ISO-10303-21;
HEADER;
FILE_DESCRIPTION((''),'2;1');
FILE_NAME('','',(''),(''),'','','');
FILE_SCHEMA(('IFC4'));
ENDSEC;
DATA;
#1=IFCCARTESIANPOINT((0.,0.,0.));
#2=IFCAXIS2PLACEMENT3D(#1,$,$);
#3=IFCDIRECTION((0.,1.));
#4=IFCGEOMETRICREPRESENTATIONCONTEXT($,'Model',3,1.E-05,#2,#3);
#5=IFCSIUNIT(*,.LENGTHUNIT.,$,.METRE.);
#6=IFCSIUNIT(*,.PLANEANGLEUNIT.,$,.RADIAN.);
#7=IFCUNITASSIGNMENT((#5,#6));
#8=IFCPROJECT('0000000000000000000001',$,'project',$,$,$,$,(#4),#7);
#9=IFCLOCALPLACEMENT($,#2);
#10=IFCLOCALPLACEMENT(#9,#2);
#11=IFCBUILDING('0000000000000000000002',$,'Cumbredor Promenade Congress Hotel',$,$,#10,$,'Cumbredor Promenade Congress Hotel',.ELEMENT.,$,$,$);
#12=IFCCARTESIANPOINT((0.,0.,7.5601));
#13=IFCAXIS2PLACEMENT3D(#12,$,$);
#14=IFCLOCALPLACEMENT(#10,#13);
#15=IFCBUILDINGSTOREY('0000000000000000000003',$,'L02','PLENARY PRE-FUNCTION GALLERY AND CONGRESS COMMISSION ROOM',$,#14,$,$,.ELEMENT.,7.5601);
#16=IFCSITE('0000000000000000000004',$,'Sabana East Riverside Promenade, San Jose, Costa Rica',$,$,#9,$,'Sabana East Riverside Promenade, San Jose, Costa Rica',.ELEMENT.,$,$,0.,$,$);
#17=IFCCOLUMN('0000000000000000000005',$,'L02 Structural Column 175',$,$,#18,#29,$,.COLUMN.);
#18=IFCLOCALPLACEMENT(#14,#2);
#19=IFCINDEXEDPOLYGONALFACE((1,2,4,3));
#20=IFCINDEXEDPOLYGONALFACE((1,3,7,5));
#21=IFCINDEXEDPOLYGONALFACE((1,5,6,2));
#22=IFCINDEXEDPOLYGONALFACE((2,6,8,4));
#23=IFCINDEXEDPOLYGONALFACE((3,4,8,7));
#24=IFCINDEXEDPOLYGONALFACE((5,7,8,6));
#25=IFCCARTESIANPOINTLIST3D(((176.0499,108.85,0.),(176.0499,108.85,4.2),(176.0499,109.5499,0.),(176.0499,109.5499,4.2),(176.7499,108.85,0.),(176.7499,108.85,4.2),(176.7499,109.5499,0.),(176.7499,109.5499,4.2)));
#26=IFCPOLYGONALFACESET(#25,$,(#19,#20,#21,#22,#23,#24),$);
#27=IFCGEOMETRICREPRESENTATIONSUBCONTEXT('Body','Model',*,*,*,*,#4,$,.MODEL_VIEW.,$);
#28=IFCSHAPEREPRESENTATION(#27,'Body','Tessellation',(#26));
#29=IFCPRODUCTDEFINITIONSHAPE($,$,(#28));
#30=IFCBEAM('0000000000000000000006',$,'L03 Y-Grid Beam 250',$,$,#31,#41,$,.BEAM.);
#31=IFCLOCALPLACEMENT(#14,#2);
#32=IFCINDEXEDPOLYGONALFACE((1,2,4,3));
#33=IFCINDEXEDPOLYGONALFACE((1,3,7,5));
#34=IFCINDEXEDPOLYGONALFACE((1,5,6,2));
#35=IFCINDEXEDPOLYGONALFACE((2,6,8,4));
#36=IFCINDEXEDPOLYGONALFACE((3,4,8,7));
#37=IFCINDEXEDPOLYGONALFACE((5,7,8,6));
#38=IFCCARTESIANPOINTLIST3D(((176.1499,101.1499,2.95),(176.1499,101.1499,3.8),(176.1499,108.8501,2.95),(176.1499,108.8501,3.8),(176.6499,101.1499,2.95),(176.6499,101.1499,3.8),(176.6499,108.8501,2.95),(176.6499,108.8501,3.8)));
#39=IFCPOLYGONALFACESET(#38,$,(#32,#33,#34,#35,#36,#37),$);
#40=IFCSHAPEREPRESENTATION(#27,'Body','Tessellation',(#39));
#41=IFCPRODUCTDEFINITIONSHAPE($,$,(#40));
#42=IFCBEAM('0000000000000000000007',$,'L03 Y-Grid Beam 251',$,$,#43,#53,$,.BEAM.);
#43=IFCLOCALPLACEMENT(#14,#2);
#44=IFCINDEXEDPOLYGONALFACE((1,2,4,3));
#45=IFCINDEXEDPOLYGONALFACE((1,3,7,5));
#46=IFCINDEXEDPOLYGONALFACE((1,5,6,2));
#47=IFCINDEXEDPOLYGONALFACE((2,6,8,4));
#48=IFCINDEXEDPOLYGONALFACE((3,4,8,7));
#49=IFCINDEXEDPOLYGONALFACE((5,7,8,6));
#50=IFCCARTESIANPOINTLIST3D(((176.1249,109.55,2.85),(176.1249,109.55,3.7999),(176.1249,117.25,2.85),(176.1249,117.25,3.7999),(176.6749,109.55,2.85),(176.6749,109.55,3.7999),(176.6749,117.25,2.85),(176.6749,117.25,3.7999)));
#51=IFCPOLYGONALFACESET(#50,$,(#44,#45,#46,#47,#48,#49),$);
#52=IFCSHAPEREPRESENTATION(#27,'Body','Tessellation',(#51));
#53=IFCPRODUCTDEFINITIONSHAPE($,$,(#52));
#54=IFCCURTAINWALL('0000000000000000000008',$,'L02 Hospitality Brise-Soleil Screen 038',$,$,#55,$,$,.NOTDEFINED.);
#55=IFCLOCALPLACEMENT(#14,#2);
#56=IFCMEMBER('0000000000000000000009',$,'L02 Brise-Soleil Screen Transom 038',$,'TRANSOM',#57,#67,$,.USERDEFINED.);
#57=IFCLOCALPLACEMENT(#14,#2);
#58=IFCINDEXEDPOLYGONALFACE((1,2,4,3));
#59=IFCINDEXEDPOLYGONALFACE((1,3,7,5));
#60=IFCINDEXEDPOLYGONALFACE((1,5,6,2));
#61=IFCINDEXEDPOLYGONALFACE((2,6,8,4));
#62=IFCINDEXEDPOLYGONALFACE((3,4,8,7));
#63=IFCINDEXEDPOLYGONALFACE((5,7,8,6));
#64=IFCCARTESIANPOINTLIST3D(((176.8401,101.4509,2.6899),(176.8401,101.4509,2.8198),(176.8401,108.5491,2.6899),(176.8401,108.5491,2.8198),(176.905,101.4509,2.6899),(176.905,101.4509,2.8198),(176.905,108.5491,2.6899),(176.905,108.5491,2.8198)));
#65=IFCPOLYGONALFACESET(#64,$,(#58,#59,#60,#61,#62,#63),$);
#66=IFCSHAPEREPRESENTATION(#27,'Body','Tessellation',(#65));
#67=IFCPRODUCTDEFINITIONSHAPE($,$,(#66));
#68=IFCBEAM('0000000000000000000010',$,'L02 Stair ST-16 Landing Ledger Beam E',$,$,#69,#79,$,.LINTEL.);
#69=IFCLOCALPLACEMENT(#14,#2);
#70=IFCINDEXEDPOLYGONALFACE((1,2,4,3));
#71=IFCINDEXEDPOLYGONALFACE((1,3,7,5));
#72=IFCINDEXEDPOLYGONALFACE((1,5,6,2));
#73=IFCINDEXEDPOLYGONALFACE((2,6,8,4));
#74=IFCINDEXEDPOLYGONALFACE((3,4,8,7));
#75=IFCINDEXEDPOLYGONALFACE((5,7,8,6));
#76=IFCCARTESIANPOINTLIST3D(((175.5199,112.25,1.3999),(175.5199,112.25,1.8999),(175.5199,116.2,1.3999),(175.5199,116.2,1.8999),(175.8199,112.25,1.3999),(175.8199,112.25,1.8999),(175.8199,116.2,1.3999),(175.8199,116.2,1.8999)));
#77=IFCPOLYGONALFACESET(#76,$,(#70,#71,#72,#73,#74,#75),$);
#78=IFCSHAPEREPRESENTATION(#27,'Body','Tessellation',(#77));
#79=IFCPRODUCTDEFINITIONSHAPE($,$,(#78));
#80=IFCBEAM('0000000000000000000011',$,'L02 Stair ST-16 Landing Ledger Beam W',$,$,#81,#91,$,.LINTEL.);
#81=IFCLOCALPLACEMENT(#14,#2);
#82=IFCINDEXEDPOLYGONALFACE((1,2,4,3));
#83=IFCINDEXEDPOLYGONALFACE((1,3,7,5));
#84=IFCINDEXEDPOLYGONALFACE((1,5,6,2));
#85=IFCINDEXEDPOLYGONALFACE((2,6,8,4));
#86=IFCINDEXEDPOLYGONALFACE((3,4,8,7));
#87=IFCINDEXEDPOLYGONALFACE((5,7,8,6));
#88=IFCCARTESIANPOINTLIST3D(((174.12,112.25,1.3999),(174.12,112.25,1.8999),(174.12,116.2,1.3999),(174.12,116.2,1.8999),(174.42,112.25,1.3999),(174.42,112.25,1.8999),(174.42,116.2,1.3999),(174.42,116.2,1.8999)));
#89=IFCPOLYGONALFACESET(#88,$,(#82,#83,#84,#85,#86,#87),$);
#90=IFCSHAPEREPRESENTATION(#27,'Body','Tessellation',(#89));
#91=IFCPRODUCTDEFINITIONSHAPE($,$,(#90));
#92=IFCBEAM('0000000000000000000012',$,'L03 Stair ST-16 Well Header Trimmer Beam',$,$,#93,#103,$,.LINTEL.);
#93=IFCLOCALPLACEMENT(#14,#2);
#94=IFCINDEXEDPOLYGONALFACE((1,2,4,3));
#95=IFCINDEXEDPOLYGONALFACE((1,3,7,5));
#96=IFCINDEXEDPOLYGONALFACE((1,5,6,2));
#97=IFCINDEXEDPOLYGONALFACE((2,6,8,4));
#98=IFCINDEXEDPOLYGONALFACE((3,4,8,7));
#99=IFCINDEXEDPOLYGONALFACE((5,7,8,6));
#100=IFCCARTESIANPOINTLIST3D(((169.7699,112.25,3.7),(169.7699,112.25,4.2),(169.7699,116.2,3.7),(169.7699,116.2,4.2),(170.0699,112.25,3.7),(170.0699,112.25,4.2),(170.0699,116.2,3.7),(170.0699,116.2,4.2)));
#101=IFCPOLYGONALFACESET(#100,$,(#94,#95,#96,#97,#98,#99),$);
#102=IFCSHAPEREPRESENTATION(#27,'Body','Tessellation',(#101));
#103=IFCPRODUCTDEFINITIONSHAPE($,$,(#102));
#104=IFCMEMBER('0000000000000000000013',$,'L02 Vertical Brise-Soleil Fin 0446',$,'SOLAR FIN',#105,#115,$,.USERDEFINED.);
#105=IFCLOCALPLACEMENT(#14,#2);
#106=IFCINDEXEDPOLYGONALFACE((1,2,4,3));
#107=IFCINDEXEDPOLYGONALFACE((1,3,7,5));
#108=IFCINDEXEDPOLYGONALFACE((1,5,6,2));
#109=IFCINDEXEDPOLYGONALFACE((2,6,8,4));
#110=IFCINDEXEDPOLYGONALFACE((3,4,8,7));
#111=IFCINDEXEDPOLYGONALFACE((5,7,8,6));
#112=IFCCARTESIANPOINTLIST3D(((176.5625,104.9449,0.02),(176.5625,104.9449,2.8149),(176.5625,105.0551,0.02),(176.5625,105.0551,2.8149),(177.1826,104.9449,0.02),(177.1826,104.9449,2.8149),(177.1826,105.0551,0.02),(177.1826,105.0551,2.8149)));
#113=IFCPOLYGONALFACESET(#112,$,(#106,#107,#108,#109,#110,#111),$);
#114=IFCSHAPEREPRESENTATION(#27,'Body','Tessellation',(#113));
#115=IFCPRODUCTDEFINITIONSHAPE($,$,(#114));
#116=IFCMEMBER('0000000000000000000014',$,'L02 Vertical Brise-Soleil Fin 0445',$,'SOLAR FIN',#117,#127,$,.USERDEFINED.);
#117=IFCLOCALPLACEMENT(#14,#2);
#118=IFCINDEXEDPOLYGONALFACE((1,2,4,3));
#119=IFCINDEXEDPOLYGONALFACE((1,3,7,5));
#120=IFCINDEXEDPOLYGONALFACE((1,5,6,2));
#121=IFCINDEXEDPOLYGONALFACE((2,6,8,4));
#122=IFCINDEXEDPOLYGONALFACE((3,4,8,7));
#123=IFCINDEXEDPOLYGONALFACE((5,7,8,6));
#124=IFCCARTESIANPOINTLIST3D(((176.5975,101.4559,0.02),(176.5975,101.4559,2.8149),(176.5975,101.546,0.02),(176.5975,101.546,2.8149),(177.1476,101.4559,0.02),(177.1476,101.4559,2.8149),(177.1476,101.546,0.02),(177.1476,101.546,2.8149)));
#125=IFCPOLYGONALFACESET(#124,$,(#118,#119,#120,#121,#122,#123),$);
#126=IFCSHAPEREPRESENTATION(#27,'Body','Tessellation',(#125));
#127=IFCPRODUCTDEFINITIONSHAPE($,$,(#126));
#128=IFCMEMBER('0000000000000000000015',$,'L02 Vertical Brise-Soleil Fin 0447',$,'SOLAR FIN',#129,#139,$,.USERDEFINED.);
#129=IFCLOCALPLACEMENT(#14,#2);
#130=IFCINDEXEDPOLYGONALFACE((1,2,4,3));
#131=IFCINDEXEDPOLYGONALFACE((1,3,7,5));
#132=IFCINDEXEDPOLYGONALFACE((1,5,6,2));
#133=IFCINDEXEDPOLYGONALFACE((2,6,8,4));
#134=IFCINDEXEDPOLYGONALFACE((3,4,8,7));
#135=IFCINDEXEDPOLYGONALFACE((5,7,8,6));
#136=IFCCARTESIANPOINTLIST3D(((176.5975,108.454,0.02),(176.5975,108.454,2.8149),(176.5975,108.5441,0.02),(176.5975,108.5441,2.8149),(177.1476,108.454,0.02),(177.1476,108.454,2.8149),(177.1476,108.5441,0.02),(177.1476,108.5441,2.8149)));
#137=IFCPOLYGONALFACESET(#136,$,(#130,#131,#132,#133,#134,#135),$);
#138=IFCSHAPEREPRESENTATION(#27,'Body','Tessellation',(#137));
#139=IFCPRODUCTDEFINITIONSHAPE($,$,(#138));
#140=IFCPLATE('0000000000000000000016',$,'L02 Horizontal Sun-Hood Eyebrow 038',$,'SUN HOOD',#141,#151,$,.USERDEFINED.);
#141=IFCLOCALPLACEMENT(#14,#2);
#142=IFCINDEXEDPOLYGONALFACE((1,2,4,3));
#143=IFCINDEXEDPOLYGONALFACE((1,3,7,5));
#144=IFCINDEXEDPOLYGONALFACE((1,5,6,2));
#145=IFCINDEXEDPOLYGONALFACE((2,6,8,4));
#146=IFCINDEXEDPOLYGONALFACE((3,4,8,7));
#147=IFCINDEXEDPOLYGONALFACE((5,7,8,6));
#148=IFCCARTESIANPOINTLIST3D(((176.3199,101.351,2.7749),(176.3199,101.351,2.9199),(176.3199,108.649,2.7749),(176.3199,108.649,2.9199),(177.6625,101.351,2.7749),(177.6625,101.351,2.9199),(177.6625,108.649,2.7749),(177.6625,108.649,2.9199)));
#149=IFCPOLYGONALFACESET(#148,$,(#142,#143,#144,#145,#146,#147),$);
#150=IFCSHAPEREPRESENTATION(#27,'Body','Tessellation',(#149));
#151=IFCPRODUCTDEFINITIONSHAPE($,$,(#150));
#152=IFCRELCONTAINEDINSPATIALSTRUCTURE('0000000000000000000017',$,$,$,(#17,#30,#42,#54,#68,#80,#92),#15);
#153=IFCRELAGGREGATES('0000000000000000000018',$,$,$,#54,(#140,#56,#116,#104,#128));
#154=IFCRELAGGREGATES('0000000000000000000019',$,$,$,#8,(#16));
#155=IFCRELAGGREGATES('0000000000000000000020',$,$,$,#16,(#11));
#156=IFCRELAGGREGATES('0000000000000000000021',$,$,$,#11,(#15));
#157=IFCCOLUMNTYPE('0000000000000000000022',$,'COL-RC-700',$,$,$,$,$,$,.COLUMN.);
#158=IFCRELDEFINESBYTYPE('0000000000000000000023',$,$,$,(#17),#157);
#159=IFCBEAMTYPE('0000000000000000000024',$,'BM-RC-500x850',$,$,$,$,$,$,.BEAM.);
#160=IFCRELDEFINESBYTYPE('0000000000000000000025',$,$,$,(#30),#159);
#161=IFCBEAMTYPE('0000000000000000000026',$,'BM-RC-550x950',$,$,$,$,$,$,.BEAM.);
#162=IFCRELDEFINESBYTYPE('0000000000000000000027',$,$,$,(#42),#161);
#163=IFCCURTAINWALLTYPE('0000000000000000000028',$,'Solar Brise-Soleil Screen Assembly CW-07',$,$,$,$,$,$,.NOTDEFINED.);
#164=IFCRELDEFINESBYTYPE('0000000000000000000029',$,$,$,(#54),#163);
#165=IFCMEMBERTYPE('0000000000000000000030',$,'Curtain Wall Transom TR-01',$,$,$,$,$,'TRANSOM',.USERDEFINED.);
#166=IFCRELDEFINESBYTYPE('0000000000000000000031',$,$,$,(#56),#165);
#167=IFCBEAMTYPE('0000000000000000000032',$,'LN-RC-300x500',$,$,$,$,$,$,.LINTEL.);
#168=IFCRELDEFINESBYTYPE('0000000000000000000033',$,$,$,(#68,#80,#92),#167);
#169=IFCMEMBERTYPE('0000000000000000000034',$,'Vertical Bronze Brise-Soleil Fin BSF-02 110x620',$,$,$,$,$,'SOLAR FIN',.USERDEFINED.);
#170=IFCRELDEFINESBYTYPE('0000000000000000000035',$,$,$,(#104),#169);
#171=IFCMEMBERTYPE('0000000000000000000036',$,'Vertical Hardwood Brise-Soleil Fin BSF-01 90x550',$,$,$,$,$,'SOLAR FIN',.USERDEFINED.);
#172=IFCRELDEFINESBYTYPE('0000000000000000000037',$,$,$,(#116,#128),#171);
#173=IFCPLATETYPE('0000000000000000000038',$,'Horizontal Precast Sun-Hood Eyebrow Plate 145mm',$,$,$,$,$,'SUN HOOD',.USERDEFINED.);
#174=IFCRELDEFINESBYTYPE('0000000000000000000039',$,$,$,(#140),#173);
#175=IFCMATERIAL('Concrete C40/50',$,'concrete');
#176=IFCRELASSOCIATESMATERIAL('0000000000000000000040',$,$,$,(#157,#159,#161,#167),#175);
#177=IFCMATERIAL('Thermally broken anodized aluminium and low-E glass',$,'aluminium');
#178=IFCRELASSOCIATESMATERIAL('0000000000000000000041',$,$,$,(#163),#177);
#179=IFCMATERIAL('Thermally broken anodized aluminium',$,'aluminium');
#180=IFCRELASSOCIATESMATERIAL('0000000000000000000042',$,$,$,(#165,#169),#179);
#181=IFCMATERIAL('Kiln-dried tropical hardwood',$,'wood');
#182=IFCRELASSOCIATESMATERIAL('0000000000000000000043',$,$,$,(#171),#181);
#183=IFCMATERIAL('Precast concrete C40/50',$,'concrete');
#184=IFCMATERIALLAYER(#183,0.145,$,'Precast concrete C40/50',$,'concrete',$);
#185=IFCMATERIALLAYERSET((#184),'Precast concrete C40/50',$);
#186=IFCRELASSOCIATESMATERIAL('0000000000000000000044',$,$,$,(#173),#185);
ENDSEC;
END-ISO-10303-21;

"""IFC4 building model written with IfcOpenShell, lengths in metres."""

from ifc_helpers import new_model, si_unit, direction, frame, origin, origin_2d, place, context, subcontext, project, spatial, rectangle, extrude, material, layer, layer_set, material_profile, profile_set, type_object, element, aggregate, save


model = new_model("IFC4")

# Units and contexts
model_context = context("Model", 3, precision=1e-05, world=origin(), true_north=direction((0.0, 1.0)))
body_context = subcontext(model_context, "Body", "Model", "MODEL_VIEW")
ifc_project = project(units=[si_unit("LENGTHUNIT", "METRE"), si_unit("PLANEANGLEUNIT", "RADIAN")], contexts=[model_context])

# Site, building, storey
site_placement = place(None, origin())
site = spatial("IfcSite", under=ifc_project, at=site_placement, Name="Sabana East Riverside Promenade, San Jose, Costa Rica", LongName="Sabana East Riverside Promenade, San Jose, Costa Rica", CompositionType="ELEMENT", RefElevation=0.0)
building_placement = place(site_placement, origin())
building = spatial("IfcBuilding", under=site, at=building_placement, Name="Cumbredor Promenade Congress Hotel", LongName="Cumbredor Promenade Congress Hotel", CompositionType="ELEMENT")
storey_placement = place(building_placement, frame((0.0, 0.0, 7.5601)))
storey = spatial("IfcBuildingStorey", under=building, at=storey_placement, Name="L02", Description="PLENARY PRE-FUNCTION GALLERY AND CONGRESS COMMISSION ROOM", CompositionType="ELEMENT", Elevation=7.5601)

# Column
ifc_material_1 = material(Name="Concrete C40/50", Category="concrete")
ifc_material_profile_1 = material_profile(ifc_material_1, rectangle(XDim=0.7, YDim=0.7, at=origin_2d()), Name="RC 700x700")
ifc_profile_set_1 = profile_set([ifc_material_profile_1], Name="Concrete C40/50")
column_type = type_object("IfcColumnType", Name="COL-RC-700", PredefinedType="COLUMN", material=ifc_profile_set_1)
column_placement = place(storey_placement, frame((176.3999, 109.2, 0.0), z_axis=(0.0, 0.0, 1.0), x_axis=(1.0, 0.0, 0.0)))
element("IfcColumn", 1, at=column_placement, inside=storey, type_object=column_type, Name="L02 Structural Column 175", PredefinedType="COLUMN", context=body_context, shape_type="SweptSolid", body=[
    extrude(rectangle(XDim=0.7, YDim=0.7, at=origin_2d()), origin(), (0.0, 0.0, 1.0), 4.2),
])

# Beams
ifc_material_profile_2 = material_profile(ifc_material_1, rectangle(XDim=0.5, YDim=0.8501, at=origin_2d()), Name="RC BEAM 500x850")
ifc_profile_set_2 = profile_set([ifc_material_profile_2], Name="Concrete C40/50")
beam_type_1 = type_object("IfcBeamType", Name="BM-RC-500x850", PredefinedType="BEAM", material=ifc_profile_set_2)
beam_1_placement = place(storey_placement, frame((176.3999, 101.1499, 3.375), z_axis=(0.0, 1.0, 0.0), x_axis=(-1.0, 0.0, 0.0)))
element("IfcBeam", 2, at=beam_1_placement, inside=storey, type_object=beam_type_1, Name="L03 Y-Grid Beam 250", PredefinedType="BEAM", context=body_context, shape_type="SweptSolid", body=[
    extrude(rectangle(XDim=0.5, YDim=0.8501, at=origin_2d()), origin(), (0.0, 0.0, 1.0), 7.7002),
])
ifc_material_profile_3 = material_profile(ifc_material_1, rectangle(XDim=0.55, YDim=0.95, at=origin_2d()), Name="RC BEAM 550x950")
ifc_profile_set_3 = profile_set([ifc_material_profile_3], Name="Concrete C40/50")
beam_type_2 = type_object("IfcBeamType", Name="BM-RC-550x950", PredefinedType="BEAM", material=ifc_profile_set_3)
beam_2_placement = place(storey_placement, frame((176.3999, 109.55, 3.325), z_axis=(0.0, 1.0, 0.0), x_axis=(-1.0, 0.0, 0.0)))
element("IfcBeam", 3, at=beam_2_placement, inside=storey, type_object=beam_type_2, Name="L03 Y-Grid Beam 251", PredefinedType="BEAM", context=body_context, shape_type="SweptSolid", body=[
    extrude(rectangle(XDim=0.55, YDim=0.95, at=origin_2d()), origin(), (0.0, 0.0, 1.0), 7.7),
])

# Curtain wall, member
ifc_material_2 = material(Name="Thermally broken anodized aluminium and low-E glass", Category="aluminium")
curtain_wall_type = type_object("IfcCurtainWallType", Name="Solar Brise-Soleil Screen Assembly CW-07", PredefinedType="NOTDEFINED", material=ifc_material_2)
curtain_wall_placement = place(storey_placement, origin())
curtain_wall = element("IfcCurtainWall", 4, at=curtain_wall_placement, inside=storey, type_object=curtain_wall_type, Name="L02 Hospitality Brise-Soleil Screen 038", PredefinedType="NOTDEFINED")
ifc_material_3 = material(Name="Thermally broken anodized aluminium", Category="aluminium")
ifc_material_profile_4 = material_profile(ifc_material_3, rectangle(XDim=0.0649, YDim=0.1299, at=origin_2d()), Name="ALU TRANSOM 65x130")
ifc_profile_set_4 = profile_set([ifc_material_profile_4], Name="Thermally broken anodized aluminium")
member_type_1 = type_object("IfcMemberType", Name="Curtain Wall Transom TR-01", ElementType="TRANSOM", PredefinedType="USERDEFINED", material=ifc_profile_set_4)
member_1_placement = place(storey_placement, frame((176.8726, 101.4509, 2.7549), z_axis=(0.0, 1.0, 0.0), x_axis=(-1.0, 0.0, 0.0)))
member_1 = element("IfcMember", 5, at=member_1_placement, type_object=member_type_1, Name="L02 Brise-Soleil Screen Transom 038", ObjectType="TRANSOM", PredefinedType="USERDEFINED", context=body_context, shape_type="SweptSolid", body=[
    extrude(rectangle(XDim=0.0649, YDim=0.1299, at=origin_2d()), origin(), (0.0, 0.0, 1.0), 7.0981),
])

# Beams
ifc_material_profile_5 = material_profile(ifc_material_1, rectangle(XDim=0.3, YDim=0.5, at=origin_2d()), Name="RC LINTEL 300x500")
ifc_profile_set_5 = profile_set([ifc_material_profile_5], Name="Concrete C40/50")
beam_type_3 = type_object("IfcBeamType", Name="LN-RC-300x500", PredefinedType="LINTEL", material=ifc_profile_set_5)
for number, where, z_axis, x_axis, name in (
    (6, (175.6699, 112.25, 1.6499), (0.0, 1.0, 0.0), (-1.0, 0.0, 0.0), "L02 Stair ST-16 Landing Ledger Beam E"),
    (7, (174.27, 112.25, 1.6499), (0.0, 1.0, 0.0), (-1.0, 0.0, 0.0), "L02 Stair ST-16 Landing Ledger Beam W"),
    (8, (169.9199, 112.25, 3.95), (0.0, 1.0, 0.0), (-1.0, 0.0, 0.0), "L03 Stair ST-16 Well Header Trimmer Beam"),
):
    element("IfcBeam", number, at=place(storey_placement, frame(where, z_axis=z_axis, x_axis=x_axis)), inside=storey, type_object=beam_type_3, Name=name, PredefinedType="LINTEL", context=body_context, shape_type="SweptSolid", body=[
        extrude(rectangle(XDim=0.3, YDim=0.5, at=origin_2d()), origin(), (0.0, 0.0, 1.0), 3.95),
    ])

# Members
ifc_material_profile_6 = material_profile(ifc_material_3, rectangle(XDim=0.1101, YDim=0.6201, at=origin_2d()), Name="ARCH FIN 110x620")
ifc_profile_set_6 = profile_set([ifc_material_profile_6], Name="Thermally broken anodized aluminium")
member_type_2 = type_object("IfcMemberType", Name="Vertical Bronze Brise-Soleil Fin BSF-02 110x620", ElementType="SOLAR FIN", PredefinedType="USERDEFINED", material=ifc_profile_set_6)
member_2_placement = place(storey_placement, frame((176.8726, 105.0, 0.02), z_axis=(0.0, 0.0, 1.0), x_axis=(0.0, 1.0, 0.0)))
member_2 = element("IfcMember", 9, at=member_2_placement, type_object=member_type_2, Name="L02 Vertical Brise-Soleil Fin 0446", ObjectType="SOLAR FIN", PredefinedType="USERDEFINED", context=body_context, shape_type="SweptSolid", body=[
    extrude(rectangle(XDim=0.1101, YDim=0.6201, at=origin_2d()), origin(), (0.0, 0.0, 1.0), 2.7949),
])
ifc_material_4 = material(Name="Kiln-dried tropical hardwood", Category="wood")
ifc_material_profile_7 = material_profile(ifc_material_4, rectangle(XDim=0.0901, YDim=0.55, at=origin_2d()), Name="ARCH FIN 90x550")
ifc_profile_set_7 = profile_set([ifc_material_profile_7], Name="Kiln-dried tropical hardwood")
member_type_3 = type_object("IfcMemberType", Name="Vertical Hardwood Brise-Soleil Fin BSF-01 90x550", ElementType="SOLAR FIN", PredefinedType="USERDEFINED", material=ifc_profile_set_7)
member_3_placement = place(storey_placement, frame((176.8726, 101.501, 0.02), z_axis=(0.0, 0.0, 1.0), x_axis=(0.0, 1.0, 0.0)))
member_3 = element("IfcMember", 10, at=member_3_placement, type_object=member_type_3, Name="L02 Vertical Brise-Soleil Fin 0445", ObjectType="SOLAR FIN", PredefinedType="USERDEFINED", context=body_context, shape_type="SweptSolid", body=[
    extrude(rectangle(XDim=0.0901, YDim=0.55, at=origin_2d()), origin(), (0.0, 0.0, 1.0), 2.7949),
])
member_4_placement = place(storey_placement, frame((176.8726, 108.499, 0.02), z_axis=(0.0, 0.0, 1.0), x_axis=(0.0, 1.0, 0.0)))
member_4 = element("IfcMember", 11, at=member_4_placement, type_object=member_type_3, Name="L02 Vertical Brise-Soleil Fin 0447", ObjectType="SOLAR FIN", PredefinedType="USERDEFINED", context=body_context, shape_type="SweptSolid", body=[
    extrude(rectangle(XDim=0.0901, YDim=0.55, at=origin_2d()), origin(), (0.0, 0.0, 1.0), 2.7949),
])

# Plate
ifc_material_5 = material(Name="Precast concrete C40/50", Category="concrete")
ifc_layer_1 = layer(ifc_material_5, 0.145, Name="Precast concrete C40/50", Category="concrete")
ifc_layer_set_1 = layer_set([ifc_layer_1], Name="Precast concrete C40/50")
plate_type = type_object("IfcPlateType", Name="Horizontal Precast Sun-Hood Eyebrow Plate 145mm", ElementType="SUN HOOD", PredefinedType="USERDEFINED", material=ifc_layer_set_1)
plate_placement = place(storey_placement, frame((176.9912, 105.0, 2.7749), z_axis=(0.0, 0.0, 1.0), x_axis=(0.0, 1.0, 0.0)))
plate = element("IfcPlate", 12, at=plate_placement, type_object=plate_type, Name="L02 Horizontal Sun-Hood Eyebrow 038", ObjectType="SUN HOOD", PredefinedType="USERDEFINED", context=body_context, shape_type="SweptSolid", body=[
    extrude(rectangle(XDim=7.2981, YDim=1.3425, at=origin_2d()), origin(), (0.0, 0.0, 1.0), 0.145),
])
aggregate(curtain_wall, [plate, member_1, member_3, member_2, member_4])

save(model, "model.ifc")
